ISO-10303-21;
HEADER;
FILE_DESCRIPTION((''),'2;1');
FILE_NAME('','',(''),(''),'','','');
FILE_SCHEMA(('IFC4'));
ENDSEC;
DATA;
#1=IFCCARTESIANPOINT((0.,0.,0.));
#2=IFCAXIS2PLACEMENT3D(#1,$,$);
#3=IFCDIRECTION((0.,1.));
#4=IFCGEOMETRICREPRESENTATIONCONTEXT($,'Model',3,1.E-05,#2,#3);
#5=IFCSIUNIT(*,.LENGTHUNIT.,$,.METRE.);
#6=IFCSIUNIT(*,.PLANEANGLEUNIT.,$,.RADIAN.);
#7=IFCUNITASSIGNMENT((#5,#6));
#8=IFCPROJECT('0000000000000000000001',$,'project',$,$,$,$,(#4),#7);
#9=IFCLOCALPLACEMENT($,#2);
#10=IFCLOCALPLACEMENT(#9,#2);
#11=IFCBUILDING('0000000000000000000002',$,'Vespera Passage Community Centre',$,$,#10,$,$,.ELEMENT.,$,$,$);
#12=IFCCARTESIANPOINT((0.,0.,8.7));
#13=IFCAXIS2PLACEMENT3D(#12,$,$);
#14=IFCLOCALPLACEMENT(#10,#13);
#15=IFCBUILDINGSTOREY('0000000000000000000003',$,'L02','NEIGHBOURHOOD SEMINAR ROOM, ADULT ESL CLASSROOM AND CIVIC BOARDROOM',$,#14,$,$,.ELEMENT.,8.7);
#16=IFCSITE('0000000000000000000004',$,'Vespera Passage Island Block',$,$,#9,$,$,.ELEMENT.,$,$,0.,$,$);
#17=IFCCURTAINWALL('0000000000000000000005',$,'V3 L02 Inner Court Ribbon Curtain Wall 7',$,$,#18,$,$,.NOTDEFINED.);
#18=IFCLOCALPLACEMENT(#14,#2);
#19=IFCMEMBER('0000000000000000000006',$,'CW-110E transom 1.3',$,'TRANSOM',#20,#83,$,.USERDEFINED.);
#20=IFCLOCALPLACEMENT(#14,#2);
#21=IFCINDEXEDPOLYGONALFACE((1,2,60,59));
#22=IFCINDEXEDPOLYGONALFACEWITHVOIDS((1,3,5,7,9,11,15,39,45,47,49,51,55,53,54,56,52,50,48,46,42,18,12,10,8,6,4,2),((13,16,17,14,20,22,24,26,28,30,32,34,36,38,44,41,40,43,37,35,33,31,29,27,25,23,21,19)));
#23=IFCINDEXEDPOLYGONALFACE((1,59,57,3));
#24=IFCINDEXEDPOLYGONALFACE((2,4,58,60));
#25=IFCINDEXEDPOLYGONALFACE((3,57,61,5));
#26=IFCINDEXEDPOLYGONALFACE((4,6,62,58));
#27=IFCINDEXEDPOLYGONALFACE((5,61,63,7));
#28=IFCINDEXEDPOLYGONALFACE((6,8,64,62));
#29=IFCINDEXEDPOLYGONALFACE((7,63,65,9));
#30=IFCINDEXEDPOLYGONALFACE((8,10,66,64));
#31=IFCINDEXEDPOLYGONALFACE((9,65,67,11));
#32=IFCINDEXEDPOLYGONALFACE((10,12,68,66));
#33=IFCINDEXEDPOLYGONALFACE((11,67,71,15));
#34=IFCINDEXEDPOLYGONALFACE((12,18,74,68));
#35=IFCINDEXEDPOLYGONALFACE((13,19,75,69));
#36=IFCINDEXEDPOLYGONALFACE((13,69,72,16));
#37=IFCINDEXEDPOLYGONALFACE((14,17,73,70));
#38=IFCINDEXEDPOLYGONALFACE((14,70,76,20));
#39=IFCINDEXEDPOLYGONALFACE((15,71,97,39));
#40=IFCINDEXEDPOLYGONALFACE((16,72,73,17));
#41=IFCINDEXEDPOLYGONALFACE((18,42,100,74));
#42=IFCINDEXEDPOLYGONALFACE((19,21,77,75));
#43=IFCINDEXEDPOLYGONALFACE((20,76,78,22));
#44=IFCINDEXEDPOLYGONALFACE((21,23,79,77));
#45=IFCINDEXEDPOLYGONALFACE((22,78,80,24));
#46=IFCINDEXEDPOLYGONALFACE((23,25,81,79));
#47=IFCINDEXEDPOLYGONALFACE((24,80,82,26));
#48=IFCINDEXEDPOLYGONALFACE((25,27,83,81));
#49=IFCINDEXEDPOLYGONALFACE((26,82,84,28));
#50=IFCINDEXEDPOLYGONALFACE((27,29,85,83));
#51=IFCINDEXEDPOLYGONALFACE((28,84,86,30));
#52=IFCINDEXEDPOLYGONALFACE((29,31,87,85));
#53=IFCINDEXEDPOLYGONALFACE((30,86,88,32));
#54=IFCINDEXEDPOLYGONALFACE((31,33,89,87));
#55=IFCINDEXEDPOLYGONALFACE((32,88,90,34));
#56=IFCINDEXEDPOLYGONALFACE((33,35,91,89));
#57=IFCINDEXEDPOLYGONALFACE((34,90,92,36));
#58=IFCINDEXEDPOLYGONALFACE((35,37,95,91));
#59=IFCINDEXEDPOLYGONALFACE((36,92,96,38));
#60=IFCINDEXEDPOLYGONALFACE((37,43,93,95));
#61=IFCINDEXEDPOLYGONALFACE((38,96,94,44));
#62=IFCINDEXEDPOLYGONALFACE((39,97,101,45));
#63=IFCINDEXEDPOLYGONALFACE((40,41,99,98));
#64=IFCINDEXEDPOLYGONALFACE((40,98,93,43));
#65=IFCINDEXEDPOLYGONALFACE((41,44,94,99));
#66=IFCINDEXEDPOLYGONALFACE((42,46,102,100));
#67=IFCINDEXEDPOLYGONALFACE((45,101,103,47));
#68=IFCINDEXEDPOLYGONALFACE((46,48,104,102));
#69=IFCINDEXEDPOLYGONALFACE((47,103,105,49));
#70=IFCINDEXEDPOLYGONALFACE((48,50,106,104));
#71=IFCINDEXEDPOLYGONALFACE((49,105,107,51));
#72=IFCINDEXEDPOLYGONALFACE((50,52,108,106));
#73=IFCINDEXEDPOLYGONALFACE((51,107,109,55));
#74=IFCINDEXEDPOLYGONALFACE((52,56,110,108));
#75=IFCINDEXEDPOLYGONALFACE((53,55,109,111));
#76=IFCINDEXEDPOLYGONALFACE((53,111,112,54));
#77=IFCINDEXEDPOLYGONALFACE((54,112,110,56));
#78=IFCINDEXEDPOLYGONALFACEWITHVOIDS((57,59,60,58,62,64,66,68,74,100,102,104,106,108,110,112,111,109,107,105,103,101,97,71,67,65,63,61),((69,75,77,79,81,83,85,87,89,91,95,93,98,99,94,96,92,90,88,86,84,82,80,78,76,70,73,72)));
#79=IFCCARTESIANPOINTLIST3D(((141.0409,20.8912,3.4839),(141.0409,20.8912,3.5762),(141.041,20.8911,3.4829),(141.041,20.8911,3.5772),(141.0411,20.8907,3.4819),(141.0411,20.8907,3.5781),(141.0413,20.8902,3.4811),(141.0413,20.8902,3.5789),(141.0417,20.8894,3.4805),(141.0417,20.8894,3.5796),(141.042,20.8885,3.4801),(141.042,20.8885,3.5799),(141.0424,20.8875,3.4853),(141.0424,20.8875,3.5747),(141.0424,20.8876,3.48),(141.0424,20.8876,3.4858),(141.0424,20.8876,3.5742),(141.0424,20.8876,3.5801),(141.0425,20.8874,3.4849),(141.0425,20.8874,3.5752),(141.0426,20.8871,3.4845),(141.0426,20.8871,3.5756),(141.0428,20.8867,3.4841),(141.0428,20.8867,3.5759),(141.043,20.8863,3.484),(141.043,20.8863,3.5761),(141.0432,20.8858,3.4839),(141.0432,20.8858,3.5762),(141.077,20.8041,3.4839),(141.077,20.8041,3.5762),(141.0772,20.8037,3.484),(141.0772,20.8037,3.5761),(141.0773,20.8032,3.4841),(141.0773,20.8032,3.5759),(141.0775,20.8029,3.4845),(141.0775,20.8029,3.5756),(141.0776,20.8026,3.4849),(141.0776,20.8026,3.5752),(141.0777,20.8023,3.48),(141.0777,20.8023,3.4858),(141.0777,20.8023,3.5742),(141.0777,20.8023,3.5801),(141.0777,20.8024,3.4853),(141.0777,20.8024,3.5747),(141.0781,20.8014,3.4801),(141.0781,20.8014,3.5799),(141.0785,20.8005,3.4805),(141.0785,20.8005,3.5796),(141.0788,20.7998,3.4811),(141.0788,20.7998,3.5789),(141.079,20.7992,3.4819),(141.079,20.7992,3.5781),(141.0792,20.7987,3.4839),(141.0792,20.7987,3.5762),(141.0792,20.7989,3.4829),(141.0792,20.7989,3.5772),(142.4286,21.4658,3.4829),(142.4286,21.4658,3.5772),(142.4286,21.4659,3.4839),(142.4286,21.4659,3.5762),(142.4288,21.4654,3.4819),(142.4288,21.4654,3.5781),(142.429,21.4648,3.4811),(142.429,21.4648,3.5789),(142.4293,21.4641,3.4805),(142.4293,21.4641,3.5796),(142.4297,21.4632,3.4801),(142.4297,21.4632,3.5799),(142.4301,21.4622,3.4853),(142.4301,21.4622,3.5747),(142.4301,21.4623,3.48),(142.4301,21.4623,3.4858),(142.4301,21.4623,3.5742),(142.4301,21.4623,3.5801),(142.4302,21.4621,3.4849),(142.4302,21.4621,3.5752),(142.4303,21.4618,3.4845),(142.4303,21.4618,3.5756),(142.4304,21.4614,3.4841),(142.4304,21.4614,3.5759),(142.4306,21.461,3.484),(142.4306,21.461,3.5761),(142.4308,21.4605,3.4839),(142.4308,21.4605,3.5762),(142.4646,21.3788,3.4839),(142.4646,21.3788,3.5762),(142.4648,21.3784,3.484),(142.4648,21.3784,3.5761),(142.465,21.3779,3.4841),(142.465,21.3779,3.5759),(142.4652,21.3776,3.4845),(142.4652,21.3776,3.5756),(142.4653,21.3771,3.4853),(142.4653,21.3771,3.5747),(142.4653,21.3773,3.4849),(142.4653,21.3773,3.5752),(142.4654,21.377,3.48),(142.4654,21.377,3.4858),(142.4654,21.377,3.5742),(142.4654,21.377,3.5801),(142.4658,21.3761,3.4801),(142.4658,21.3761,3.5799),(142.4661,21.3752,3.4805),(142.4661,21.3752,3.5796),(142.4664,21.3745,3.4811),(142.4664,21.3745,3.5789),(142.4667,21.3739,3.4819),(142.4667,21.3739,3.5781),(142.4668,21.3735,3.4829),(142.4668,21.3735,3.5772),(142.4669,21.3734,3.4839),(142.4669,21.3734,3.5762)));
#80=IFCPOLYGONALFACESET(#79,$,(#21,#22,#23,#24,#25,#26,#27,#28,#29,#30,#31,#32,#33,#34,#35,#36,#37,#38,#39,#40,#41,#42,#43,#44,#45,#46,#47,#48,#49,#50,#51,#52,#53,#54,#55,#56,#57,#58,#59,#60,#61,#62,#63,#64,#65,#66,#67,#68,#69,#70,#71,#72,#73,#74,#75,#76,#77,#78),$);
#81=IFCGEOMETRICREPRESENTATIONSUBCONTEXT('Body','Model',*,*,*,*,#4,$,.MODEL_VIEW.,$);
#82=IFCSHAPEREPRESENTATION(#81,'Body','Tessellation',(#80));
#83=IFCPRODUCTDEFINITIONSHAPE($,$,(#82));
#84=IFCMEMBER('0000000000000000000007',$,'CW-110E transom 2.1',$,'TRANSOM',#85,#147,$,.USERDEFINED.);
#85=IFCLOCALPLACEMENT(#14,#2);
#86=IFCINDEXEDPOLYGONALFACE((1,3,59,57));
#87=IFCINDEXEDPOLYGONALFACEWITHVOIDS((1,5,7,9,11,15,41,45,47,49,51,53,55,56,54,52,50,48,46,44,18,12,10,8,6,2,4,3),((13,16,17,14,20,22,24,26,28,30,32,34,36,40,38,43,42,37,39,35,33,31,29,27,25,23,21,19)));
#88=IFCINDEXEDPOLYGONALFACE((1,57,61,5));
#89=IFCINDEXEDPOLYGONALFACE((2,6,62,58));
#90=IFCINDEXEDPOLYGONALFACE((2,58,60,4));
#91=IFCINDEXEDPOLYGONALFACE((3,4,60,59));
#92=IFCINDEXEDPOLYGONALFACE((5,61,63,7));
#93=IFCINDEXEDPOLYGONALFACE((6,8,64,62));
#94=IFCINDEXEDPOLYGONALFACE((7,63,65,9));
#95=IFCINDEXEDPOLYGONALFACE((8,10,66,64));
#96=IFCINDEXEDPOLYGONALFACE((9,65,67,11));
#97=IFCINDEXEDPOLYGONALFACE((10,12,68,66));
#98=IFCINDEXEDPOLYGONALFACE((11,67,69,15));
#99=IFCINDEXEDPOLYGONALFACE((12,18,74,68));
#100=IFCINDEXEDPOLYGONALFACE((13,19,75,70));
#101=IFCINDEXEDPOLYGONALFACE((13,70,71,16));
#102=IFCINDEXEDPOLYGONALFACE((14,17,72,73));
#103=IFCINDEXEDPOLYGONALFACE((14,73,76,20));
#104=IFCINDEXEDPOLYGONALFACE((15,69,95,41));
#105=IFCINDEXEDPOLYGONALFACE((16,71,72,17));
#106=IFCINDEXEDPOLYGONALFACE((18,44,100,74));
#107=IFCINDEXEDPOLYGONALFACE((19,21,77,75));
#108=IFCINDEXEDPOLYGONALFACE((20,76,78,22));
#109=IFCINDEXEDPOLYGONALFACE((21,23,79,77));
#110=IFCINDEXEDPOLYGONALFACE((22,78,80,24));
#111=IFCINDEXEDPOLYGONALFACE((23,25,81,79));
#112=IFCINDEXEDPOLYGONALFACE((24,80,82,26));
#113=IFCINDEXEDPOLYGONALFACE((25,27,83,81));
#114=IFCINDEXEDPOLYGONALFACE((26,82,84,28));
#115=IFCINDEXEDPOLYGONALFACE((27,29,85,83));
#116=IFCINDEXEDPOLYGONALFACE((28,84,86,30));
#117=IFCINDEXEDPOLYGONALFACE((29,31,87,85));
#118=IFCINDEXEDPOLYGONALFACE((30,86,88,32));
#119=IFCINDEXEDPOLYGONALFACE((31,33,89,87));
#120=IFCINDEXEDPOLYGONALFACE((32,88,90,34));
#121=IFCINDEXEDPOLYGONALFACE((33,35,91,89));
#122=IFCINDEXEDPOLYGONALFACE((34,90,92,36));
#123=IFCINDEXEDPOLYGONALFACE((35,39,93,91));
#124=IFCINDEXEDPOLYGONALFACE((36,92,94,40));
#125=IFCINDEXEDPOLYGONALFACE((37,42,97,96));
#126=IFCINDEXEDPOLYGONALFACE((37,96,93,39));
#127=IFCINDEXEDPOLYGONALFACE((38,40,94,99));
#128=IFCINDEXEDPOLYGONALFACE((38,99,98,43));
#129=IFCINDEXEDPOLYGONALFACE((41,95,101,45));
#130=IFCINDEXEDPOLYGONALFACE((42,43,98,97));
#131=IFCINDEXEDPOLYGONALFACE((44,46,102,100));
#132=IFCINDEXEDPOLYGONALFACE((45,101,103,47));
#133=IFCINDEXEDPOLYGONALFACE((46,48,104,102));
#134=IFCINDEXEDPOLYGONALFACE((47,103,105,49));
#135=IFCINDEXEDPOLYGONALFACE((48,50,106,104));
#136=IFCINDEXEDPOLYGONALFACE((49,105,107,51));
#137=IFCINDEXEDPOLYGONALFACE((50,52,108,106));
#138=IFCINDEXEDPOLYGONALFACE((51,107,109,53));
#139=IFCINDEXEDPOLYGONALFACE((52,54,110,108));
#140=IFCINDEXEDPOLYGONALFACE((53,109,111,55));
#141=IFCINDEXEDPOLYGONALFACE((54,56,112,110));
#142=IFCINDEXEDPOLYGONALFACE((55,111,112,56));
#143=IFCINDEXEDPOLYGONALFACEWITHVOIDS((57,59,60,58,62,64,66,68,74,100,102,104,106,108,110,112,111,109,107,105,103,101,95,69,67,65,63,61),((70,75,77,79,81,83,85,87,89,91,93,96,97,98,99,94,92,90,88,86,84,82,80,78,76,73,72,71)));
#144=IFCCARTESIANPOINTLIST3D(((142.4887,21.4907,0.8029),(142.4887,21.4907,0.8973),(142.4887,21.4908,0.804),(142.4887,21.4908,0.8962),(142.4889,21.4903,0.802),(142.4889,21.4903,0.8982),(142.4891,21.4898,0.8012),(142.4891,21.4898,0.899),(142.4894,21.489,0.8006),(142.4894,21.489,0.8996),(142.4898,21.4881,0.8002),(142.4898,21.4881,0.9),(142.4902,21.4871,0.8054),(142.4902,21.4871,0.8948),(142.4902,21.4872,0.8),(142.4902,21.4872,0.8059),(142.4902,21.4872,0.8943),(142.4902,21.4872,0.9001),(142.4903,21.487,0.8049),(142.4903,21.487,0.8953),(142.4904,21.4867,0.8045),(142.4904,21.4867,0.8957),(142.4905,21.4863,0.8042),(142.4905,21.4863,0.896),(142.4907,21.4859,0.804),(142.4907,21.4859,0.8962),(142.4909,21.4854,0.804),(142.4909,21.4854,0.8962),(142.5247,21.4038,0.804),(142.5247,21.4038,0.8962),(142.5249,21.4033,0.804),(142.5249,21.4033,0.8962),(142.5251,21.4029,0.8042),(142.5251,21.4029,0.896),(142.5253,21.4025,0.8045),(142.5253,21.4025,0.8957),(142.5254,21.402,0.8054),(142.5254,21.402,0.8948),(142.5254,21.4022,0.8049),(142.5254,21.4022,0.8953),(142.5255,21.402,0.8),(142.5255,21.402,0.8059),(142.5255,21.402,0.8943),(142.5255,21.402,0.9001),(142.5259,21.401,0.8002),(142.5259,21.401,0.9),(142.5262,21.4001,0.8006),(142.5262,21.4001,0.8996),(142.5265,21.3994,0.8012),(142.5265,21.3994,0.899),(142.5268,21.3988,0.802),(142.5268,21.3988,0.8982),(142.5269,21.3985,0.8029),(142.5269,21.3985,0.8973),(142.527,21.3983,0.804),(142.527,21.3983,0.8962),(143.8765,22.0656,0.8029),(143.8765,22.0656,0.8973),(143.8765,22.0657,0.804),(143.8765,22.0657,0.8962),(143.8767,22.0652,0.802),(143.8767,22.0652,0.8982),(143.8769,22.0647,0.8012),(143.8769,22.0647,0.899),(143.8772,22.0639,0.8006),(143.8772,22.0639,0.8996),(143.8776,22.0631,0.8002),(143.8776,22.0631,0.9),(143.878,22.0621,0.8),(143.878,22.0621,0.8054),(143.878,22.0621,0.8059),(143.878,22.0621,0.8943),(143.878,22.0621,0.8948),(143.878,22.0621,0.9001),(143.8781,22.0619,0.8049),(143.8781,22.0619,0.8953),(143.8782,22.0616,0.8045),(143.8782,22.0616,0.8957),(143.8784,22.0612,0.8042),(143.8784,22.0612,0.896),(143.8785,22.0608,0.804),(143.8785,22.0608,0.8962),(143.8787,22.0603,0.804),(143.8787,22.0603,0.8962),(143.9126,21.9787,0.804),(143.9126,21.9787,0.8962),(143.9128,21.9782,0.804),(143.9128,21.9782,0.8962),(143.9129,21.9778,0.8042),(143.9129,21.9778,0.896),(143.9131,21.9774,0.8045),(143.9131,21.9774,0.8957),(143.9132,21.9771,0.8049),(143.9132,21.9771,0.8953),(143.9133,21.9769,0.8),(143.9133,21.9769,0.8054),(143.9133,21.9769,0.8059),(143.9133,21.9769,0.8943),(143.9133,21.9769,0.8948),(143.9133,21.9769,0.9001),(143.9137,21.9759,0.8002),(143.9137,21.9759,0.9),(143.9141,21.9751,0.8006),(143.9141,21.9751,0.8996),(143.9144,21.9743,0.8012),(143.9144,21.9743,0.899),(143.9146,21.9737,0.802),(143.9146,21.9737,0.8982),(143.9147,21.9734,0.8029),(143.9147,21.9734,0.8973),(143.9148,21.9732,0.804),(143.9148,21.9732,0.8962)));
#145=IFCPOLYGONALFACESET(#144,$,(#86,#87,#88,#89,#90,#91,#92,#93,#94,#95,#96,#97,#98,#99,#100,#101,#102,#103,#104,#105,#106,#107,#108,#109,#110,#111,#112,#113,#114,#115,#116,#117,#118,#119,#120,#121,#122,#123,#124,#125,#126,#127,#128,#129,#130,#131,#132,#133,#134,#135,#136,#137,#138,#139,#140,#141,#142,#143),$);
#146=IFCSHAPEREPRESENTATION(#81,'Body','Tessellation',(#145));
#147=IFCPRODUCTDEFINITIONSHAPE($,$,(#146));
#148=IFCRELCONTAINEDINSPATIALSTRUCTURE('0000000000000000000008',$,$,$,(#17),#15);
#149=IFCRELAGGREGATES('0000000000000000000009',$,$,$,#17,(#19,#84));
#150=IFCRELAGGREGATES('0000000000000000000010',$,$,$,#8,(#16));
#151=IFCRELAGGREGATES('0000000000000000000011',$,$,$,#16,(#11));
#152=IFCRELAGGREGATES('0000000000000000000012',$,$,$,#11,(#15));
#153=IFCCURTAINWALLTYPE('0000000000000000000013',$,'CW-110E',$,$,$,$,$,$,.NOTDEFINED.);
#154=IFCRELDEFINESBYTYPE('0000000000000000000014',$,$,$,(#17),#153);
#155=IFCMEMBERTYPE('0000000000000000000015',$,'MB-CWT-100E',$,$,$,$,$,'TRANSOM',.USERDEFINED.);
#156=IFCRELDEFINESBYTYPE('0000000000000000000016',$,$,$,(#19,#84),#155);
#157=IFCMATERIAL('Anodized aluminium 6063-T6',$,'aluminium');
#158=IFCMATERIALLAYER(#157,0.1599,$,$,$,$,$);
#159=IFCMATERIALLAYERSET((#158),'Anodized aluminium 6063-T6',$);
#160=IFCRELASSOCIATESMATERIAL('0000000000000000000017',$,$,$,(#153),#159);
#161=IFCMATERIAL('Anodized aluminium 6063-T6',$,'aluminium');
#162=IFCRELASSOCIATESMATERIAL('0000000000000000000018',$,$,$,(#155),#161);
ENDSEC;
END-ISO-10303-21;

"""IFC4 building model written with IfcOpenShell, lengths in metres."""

from ifc_helpers import new_model, si_unit, direction, frame, origin, origin_2d, place, context, subcontext, project, spatial, hollow_rectangle, extrude, material, layer, layer_set, material_profile, profile_set, type_object, element, aggregate, save


model = new_model("IFC4")

# Units and contexts
model_context = context("Model", 3, precision=1e-05, world=origin(), true_north=direction((0.0, 1.0)))
body_context = subcontext(model_context, "Body", "Model", "MODEL_VIEW")
ifc_project = project(units=[si_unit("LENGTHUNIT", "METRE"), si_unit("PLANEANGLEUNIT", "RADIAN")], contexts=[model_context])

# Site, building, storey
site_placement = place(None, origin())
site = spatial("IfcSite", under=ifc_project, at=site_placement, Name="Vespera Passage Island Block", CompositionType="ELEMENT", RefElevation=0.0)
building_placement = place(site_placement, origin())
building = spatial("IfcBuilding", under=site, at=building_placement, Name="Vespera Passage Community Centre", CompositionType="ELEMENT")
storey_placement = place(building_placement, frame((0.0, 0.0, 8.7)))
storey = spatial("IfcBuildingStorey", under=building, at=storey_placement, Name="L02", Description="NEIGHBOURHOOD SEMINAR ROOM, ADULT ESL CLASSROOM AND CIVIC BOARDROOM", CompositionType="ELEMENT", Elevation=8.7)

# Shared definitions
ifc_material_1 = material(Name="Anodized aluminium 6063-T6", Category="aluminium")
ifc_layer_1 = layer(ifc_material_1, 0.1599)
ifc_layer_set_1 = layer_set([ifc_layer_1], Name="Anodized aluminium 6063-T6")
curtain_wall_type = type_object("IfcCurtainWallType", Name="CW-110E", PredefinedType="NOTDEFINED", material=ifc_layer_set_1)

# Curtain wall
curtain_wall_1_placement = place(storey_placement, origin())
curtain_wall_1 = element("IfcCurtainWall", 1, at=curtain_wall_1_placement, inside=storey, type_object=curtain_wall_type, Name="V3 L02 Inner Court Ribbon Curtain Wall 7", PredefinedType="NOTDEFINED")

# Members
ifc_material_2 = material(Name="Anodized aluminium 6063-T6", Category="aluminium")
ifc_material_profile_1 = material_profile(ifc_material_2, hollow_rectangle(XDim=0.1001, YDim=0.1001, WallThickness=0.0039, InnerFilletRadius=0.002, OuterFilletRadius=0.0039, at=origin_2d()), Name="ALU100X100X4")
ifc_profile_set_1 = profile_set([ifc_material_profile_1], Name="Anodized aluminium 6063-T6")
member_type_1 = type_object("IfcMemberType", Name="MB-CWT-100E", ElementType="TRANSOM", PredefinedType="USERDEFINED", material=ifc_profile_set_1)
member_1_placement = place(storey_placement, frame((141.0601, 20.845, 3.53), z_axis=(0.923902, 0.382629, 0.0), x_axis=(-0.382629, 0.923902, 0.0)))
member_1 = element("IfcMember", 2, at=member_1_placement, type_object=member_type_1, Name="CW-110E transom 1.3", ObjectType="TRANSOM", PredefinedType="USERDEFINED", context=body_context, shape_type="SweptSolid", body=[
    extrude(hollow_rectangle(XDim=0.1001, YDim=0.1001, WallThickness=0.0039, InnerFilletRadius=0.002, OuterFilletRadius=0.0039, at=origin_2d()), origin(), (0.0, 0.0, 1.0), 1.502),
])
member_2_placement = place(storey_placement, frame((142.5078, 21.4446, 0.8501), z_axis=(0.923868, 0.382711, 0.0), x_axis=(-0.382711, 0.923868, 0.0)))
member_2 = element("IfcMember", 3, at=member_2_placement, type_object=member_type_1, Name="CW-110E transom 2.1", ObjectType="TRANSOM", PredefinedType="USERDEFINED", context=body_context, shape_type="SweptSolid", body=[
    extrude(hollow_rectangle(XDim=0.1001, YDim=0.1001, WallThickness=0.0039, InnerFilletRadius=0.002, OuterFilletRadius=0.0039, at=origin_2d()), origin(), (0.0, 0.0, 1.0), 1.5022),
])

aggregate(curtain_wall_1, [member_1, member_2])

save(model, "model.ifc")
